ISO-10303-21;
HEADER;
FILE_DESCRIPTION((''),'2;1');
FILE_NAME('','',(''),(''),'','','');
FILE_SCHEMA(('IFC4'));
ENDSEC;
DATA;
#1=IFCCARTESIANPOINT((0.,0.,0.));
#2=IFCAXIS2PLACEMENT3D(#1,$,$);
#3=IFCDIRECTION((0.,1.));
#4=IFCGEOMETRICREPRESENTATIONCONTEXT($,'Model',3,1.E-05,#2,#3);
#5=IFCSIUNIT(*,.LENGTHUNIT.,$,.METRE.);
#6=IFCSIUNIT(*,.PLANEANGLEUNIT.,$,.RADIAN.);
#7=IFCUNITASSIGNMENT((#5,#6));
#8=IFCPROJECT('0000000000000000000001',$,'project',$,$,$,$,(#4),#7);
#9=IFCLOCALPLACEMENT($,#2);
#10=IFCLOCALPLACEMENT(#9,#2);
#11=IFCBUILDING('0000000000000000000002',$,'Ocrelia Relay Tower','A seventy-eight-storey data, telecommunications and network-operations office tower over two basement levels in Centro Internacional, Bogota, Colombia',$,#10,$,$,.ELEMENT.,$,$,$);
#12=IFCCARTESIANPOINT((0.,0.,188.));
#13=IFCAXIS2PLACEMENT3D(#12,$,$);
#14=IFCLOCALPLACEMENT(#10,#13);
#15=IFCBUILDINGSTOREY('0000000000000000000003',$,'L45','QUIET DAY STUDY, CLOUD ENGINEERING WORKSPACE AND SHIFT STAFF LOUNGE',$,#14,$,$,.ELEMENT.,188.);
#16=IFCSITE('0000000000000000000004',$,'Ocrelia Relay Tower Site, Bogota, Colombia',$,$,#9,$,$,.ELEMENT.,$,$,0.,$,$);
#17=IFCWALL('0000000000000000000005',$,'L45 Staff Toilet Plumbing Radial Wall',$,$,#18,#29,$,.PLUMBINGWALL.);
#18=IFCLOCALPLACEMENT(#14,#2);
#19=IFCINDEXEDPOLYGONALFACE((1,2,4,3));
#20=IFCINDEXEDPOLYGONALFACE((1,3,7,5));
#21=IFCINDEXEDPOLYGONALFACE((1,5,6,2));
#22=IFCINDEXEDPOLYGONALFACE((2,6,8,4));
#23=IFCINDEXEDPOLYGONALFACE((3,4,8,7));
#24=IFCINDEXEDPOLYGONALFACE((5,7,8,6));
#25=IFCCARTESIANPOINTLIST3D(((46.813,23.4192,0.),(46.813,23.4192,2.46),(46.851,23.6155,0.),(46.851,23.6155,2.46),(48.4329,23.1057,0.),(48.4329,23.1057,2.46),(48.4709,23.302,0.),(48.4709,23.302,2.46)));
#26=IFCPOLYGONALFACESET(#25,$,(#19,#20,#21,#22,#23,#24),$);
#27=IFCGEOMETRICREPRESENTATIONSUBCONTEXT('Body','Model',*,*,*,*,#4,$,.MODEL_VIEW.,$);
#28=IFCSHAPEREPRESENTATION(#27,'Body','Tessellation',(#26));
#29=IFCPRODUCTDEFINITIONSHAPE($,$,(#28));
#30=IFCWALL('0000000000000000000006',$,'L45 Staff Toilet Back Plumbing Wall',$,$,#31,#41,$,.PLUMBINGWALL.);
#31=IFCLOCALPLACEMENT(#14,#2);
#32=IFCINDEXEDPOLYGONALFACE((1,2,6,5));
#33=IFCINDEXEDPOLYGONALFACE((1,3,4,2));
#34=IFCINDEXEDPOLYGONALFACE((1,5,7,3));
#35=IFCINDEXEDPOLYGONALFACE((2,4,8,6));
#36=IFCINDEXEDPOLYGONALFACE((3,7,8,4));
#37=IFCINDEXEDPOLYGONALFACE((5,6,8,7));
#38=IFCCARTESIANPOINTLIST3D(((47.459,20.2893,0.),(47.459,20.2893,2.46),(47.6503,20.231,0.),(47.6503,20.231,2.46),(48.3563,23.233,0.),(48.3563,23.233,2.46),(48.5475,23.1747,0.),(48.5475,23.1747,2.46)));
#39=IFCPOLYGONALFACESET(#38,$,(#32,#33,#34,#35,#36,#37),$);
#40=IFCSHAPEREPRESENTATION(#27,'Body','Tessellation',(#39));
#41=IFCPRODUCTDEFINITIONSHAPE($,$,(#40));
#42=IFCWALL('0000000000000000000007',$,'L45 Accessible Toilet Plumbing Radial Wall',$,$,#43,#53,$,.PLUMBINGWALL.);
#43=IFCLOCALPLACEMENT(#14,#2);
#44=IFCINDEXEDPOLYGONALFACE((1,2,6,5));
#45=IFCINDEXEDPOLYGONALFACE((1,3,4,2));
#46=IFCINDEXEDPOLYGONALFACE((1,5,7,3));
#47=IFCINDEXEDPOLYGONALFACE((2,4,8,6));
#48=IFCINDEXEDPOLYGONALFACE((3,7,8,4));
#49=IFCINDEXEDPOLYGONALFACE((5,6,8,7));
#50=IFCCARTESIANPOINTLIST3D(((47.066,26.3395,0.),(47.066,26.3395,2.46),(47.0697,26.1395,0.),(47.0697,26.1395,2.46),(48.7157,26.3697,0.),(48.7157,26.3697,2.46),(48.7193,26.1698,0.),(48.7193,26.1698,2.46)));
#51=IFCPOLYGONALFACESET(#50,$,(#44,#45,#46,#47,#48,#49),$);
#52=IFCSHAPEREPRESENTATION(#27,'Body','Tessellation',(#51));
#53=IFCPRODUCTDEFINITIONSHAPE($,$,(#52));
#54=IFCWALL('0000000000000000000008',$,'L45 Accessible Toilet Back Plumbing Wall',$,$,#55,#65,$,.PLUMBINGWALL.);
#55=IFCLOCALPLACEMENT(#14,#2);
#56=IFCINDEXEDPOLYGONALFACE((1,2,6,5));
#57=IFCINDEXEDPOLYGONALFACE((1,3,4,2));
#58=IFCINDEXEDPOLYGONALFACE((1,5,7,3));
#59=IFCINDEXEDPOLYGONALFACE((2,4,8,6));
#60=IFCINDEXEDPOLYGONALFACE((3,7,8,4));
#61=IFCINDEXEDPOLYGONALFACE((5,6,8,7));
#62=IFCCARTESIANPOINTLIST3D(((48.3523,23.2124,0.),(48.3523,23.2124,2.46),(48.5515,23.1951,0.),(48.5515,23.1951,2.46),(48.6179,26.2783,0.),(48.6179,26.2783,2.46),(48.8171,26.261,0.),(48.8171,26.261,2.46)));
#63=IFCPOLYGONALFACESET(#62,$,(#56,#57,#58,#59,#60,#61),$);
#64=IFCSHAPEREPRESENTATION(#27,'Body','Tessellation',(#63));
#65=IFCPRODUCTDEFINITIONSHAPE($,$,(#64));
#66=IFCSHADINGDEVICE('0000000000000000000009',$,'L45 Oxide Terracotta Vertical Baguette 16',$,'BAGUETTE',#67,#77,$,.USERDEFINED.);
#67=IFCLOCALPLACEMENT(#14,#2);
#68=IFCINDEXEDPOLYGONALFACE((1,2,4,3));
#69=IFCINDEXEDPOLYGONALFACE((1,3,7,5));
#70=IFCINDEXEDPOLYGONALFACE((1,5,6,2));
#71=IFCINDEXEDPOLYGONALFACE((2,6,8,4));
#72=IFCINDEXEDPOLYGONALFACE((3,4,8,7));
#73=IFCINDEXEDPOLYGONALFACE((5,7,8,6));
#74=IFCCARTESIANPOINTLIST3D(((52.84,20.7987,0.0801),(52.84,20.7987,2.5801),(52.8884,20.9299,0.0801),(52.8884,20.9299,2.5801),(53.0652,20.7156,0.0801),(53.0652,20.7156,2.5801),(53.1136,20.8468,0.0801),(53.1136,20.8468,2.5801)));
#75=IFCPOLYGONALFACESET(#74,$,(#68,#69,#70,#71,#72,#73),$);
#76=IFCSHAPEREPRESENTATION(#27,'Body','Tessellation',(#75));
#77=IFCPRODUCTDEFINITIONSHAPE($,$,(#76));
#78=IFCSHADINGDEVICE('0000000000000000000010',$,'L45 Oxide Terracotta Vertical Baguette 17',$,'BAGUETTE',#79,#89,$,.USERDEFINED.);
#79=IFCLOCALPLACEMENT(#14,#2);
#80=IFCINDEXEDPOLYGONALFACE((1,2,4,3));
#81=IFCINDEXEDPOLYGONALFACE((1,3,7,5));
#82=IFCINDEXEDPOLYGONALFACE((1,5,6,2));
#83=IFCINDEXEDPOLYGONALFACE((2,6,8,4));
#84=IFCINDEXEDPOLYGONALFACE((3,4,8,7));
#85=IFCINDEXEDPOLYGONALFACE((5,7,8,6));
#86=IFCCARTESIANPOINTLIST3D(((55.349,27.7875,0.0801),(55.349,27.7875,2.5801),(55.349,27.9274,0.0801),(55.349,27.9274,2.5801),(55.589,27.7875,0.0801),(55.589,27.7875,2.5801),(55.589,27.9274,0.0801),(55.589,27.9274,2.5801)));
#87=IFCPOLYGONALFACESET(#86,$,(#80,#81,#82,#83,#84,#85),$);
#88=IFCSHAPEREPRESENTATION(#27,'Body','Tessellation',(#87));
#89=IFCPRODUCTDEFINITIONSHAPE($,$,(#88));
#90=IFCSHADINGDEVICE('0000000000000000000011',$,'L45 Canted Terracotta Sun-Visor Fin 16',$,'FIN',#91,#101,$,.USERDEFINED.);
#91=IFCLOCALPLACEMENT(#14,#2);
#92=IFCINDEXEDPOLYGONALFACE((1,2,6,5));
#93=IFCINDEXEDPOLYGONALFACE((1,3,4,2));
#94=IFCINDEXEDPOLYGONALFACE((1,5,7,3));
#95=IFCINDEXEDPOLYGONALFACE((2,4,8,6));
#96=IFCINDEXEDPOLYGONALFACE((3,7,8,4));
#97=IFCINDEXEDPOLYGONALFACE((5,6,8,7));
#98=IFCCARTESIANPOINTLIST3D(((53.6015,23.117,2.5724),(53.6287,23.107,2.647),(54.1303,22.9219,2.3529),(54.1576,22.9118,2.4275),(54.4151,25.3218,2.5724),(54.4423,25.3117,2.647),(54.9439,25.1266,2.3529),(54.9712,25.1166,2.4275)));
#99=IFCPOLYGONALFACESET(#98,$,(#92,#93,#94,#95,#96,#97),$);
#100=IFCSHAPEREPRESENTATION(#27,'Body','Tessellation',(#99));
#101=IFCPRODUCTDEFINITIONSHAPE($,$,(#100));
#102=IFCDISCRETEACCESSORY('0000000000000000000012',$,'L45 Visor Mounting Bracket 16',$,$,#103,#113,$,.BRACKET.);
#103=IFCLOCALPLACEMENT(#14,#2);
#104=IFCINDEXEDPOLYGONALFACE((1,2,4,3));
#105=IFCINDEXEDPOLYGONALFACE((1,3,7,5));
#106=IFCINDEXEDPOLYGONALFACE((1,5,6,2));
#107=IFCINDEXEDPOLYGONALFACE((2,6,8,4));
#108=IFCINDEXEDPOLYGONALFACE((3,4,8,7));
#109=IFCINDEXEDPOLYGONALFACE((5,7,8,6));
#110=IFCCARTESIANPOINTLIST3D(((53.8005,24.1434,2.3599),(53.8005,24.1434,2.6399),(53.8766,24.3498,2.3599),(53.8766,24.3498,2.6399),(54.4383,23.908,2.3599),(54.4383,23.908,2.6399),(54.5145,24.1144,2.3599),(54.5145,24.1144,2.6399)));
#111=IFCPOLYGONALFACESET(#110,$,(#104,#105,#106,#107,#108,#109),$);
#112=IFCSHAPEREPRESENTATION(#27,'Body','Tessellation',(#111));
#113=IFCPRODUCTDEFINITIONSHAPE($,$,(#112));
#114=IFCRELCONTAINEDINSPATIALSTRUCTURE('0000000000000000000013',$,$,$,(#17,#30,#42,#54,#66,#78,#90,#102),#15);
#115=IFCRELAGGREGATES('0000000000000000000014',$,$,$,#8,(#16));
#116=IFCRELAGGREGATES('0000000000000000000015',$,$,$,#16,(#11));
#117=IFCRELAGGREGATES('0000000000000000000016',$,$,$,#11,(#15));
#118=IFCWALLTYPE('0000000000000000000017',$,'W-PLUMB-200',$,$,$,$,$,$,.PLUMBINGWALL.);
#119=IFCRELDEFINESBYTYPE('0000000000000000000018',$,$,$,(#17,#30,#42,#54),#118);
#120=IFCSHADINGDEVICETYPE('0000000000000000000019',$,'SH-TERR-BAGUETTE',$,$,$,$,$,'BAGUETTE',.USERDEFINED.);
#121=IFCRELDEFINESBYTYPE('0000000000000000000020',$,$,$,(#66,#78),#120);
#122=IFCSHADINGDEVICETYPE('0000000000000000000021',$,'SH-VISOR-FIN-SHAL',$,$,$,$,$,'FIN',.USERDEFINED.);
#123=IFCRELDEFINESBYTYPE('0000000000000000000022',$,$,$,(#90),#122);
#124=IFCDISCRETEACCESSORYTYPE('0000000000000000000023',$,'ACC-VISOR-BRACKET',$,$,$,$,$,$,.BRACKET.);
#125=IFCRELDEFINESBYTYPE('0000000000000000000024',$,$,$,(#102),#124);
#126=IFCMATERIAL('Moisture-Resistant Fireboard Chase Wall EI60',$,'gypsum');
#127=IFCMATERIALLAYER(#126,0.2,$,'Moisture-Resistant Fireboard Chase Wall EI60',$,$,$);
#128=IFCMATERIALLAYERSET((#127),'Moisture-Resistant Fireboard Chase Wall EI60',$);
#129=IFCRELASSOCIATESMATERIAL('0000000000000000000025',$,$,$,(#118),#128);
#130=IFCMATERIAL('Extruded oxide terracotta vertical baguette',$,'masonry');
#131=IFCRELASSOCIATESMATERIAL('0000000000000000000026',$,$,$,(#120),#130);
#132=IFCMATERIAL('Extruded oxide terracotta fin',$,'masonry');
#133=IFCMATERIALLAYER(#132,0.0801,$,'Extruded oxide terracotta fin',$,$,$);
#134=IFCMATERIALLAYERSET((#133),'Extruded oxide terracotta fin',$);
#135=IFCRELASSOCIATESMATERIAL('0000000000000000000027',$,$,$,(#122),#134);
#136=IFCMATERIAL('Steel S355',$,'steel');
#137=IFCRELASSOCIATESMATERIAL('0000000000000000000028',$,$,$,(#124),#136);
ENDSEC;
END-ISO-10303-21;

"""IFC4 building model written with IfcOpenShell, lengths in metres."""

from ifc_helpers import new_model, si_unit, direction, frame, frame_2d, origin, origin_2d, place, context, subcontext, project, spatial, rectangle, extrude, material, layer, layer_set, type_object, element, save


model = new_model("IFC4")

# Units and contexts
model_context = context("Model", 3, precision=1e-05, world=origin(), true_north=direction((0.0, 1.0)))
body_context = subcontext(model_context, "Body", "Model", "MODEL_VIEW")
ifc_project = project(units=[si_unit("LENGTHUNIT", "METRE"), si_unit("PLANEANGLEUNIT", "RADIAN")], contexts=[model_context])

# Site, building, storey
site_placement = place(None, origin())
site = spatial("IfcSite", under=ifc_project, at=site_placement, Name="Ocrelia Relay Tower Site, Bogota, Colombia", CompositionType="ELEMENT", RefElevation=0.0)
building_placement = place(site_placement, origin())
building = spatial("IfcBuilding", under=site, at=building_placement, Name="Ocrelia Relay Tower", Description="A seventy-eight-storey data, telecommunications and network-operations office tower over two basement levels in Centro Internacional, Bogota, Colombia", CompositionType="ELEMENT")
storey_placement = place(building_placement, frame((0.0, 0.0, 188.0)))
storey = spatial("IfcBuildingStorey", under=building, at=storey_placement, Name="L45", Description="QUIET DAY STUDY, CLOUD ENGINEERING WORKSPACE AND SHIFT STAFF LOUNGE", CompositionType="ELEMENT", Elevation=188.0)

# Shared definitions
ifc_material_1 = material(Name="Steel S355", Category="steel")

# Walls
ifc_material_2 = material(Name="Moisture-Resistant Fireboard Chase Wall EI60", Category="gypsum")
ifc_layer_1 = layer(ifc_material_2, 0.2, Name="Moisture-Resistant Fireboard Chase Wall EI60")
ifc_layer_set_1 = layer_set([ifc_layer_1], Name="Moisture-Resistant Fireboard Chase Wall EI60")
wall_type_1 = type_object("IfcWallType", Name="W-PLUMB-200", PredefinedType="PLUMBINGWALL", material=ifc_layer_set_1)
for number, where, z_axis, x_axis, name in (
    (1, (46.832, 23.5173, 0.0), (0.0, 0.0, 1.0), (0.981785, -0.189994, 0.0), "L45 Staff Toilet Plumbing Radial Wall"),
):
    element("IfcWall", number, at=place(storey_placement, frame(where, z_axis=z_axis, x_axis=x_axis)), inside=storey, type_object=wall_type_1, Name=name, PredefinedType="PLUMBINGWALL", context=body_context, shape_type="SweptSolid", body=[
        extrude(rectangle(XDim=1.6499, YDim=0.2, at=frame_2d((0.825, 0.0))), origin(), (0.0, 0.0, 1.0), 2.46),
    ])
wall_1_placement = place(storey_placement, frame((47.5547, 20.2603, 0.0), z_axis=(0.0, 0.0, 1.0), x_axis=(0.291559, 0.956553, 0.0)))
element("IfcWall", 2, at=wall_1_placement, inside=storey, type_object=wall_type_1, Name="L45 Staff Toilet Back Plumbing Wall", PredefinedType="PLUMBINGWALL", context=body_context, shape_type="SweptSolid", body=[
    extrude(rectangle(XDim=3.0774, YDim=0.2, at=frame_2d((1.5386, 0.0))), origin(), (0.0, 0.0, 1.0), 2.46),
])
wall_2_placement = place(storey_placement, frame((47.0679, 26.2395, 0.0), z_axis=(0.0, 0.0, 1.0), x_axis=(0.999832, 0.018348, 0.0)))
element("IfcWall", 3, at=wall_2_placement, inside=storey, type_object=wall_type_1, Name="L45 Accessible Toilet Plumbing Radial Wall", PredefinedType="PLUMBINGWALL", context=body_context, shape_type="SweptSolid", body=[
    extrude(rectangle(XDim=1.6499, YDim=0.2, at=frame_2d((0.825, 0.0))), origin(), (0.0, 0.0, 1.0), 2.46),
])
wall_3_placement = place(storey_placement, frame((48.4519, 23.2039, 0.0), z_axis=(0.0, 0.0, 1.0), x_axis=(0.086315, 0.996268, 0.0)))
element("IfcWall", 4, at=wall_3_placement, inside=storey, type_object=wall_type_1, Name="L45 Accessible Toilet Back Plumbing Wall", PredefinedType="PLUMBINGWALL", context=body_context, shape_type="SweptSolid", body=[
    extrude(rectangle(XDim=3.0774, YDim=0.2, at=frame_2d((1.5386, 0.0))), origin(), (0.0, 0.0, 1.0), 2.46),
])

# Shading devices
ifc_material_3 = material(Name="Extruded oxide terracotta vertical baguette", Category="masonry")
shading_device_type_1 = type_object("IfcShadingDeviceType", Name="SH-TERR-BAGUETTE", ElementType="BAGUETTE", PredefinedType="USERDEFINED", material=ifc_material_3)
for number, where, z_axis, x_axis, name in (
    (5, (52.9768, 20.8228, 0.0801), (0.0, 0.0, 1.0), (0.346196, 0.938162, 0.0), "L45 Oxide Terracotta Vertical Baguette 16"),
    (6, (55.469, 27.8574, 0.0801), (0.0, 0.0, 1.0), (-0.000104, 1.0, 0.0), "L45 Oxide Terracotta Vertical Baguette 17"),
):
    element("IfcShadingDevice", number, at=place(storey_placement, frame(where, z_axis=z_axis, x_axis=x_axis)), inside=storey, type_object=shading_device_type_1, Name=name, ObjectType="BAGUETTE", PredefinedType="USERDEFINED", context=body_context, shape_type="SweptSolid", body=[
        extrude(rectangle(XDim=0.1399, YDim=0.24, at=origin_2d()), origin(), (0.0, 0.0, 1.0), 2.5),
    ])
ifc_material_4 = material(Name="Extruded oxide terracotta fin", Category="masonry")
ifc_layer_2 = layer(ifc_material_4, 0.0801, Name="Extruded oxide terracotta fin")
ifc_layer_set_2 = layer_set([ifc_layer_2], Name="Extruded oxide terracotta fin")
shading_device_type_2 = type_object("IfcShadingDeviceType", Name="SH-VISOR-FIN-SHAL", ElementType="FIN", PredefinedType="USERDEFINED", material=ifc_layer_set_2)
shading_device_placement = place(storey_placement, frame((54.2727, 24.1218, 2.4626), z_axis=(0.340483, -0.125643, 0.931818), x_axis=(0.346196, 0.938162, 0.0)))
element("IfcShadingDevice", 7, at=shading_device_placement, inside=storey, type_object=shading_device_type_2, Name="L45 Canted Terracotta Sun-Visor Fin 16", ObjectType="FIN", PredefinedType="USERDEFINED", context=body_context, shape_type="SweptSolid", body=[
    extrude(rectangle(XDim=2.3501, YDim=0.605, at=origin_2d()), origin(), (0.0, 0.0, 1.0), 0.0801),
])

# Discrete accessory
discrete_accessory_type = type_object("IfcDiscreteAccessoryType", Name="ACC-VISOR-BRACKET", PredefinedType="BRACKET", material=ifc_material_1)
discrete_accessory_placement = place(storey_placement, frame((54.1575, 24.1289, 2.3599), z_axis=(0.0, 0.0, 1.0), x_axis=(0.346196, 0.938162, 0.0)))
element("IfcDiscreteAccessory", 8, at=discrete_accessory_placement, inside=storey, type_object=discrete_accessory_type, Name="L45 Visor Mounting Bracket 16", PredefinedType="BRACKET", context=body_context, shape_type="SweptSolid", body=[
    extrude(rectangle(XDim=0.22, YDim=0.6799, at=origin_2d()), origin(), (0.0, 0.0, 1.0), 0.28),
])

save(model, "model.ifc")
